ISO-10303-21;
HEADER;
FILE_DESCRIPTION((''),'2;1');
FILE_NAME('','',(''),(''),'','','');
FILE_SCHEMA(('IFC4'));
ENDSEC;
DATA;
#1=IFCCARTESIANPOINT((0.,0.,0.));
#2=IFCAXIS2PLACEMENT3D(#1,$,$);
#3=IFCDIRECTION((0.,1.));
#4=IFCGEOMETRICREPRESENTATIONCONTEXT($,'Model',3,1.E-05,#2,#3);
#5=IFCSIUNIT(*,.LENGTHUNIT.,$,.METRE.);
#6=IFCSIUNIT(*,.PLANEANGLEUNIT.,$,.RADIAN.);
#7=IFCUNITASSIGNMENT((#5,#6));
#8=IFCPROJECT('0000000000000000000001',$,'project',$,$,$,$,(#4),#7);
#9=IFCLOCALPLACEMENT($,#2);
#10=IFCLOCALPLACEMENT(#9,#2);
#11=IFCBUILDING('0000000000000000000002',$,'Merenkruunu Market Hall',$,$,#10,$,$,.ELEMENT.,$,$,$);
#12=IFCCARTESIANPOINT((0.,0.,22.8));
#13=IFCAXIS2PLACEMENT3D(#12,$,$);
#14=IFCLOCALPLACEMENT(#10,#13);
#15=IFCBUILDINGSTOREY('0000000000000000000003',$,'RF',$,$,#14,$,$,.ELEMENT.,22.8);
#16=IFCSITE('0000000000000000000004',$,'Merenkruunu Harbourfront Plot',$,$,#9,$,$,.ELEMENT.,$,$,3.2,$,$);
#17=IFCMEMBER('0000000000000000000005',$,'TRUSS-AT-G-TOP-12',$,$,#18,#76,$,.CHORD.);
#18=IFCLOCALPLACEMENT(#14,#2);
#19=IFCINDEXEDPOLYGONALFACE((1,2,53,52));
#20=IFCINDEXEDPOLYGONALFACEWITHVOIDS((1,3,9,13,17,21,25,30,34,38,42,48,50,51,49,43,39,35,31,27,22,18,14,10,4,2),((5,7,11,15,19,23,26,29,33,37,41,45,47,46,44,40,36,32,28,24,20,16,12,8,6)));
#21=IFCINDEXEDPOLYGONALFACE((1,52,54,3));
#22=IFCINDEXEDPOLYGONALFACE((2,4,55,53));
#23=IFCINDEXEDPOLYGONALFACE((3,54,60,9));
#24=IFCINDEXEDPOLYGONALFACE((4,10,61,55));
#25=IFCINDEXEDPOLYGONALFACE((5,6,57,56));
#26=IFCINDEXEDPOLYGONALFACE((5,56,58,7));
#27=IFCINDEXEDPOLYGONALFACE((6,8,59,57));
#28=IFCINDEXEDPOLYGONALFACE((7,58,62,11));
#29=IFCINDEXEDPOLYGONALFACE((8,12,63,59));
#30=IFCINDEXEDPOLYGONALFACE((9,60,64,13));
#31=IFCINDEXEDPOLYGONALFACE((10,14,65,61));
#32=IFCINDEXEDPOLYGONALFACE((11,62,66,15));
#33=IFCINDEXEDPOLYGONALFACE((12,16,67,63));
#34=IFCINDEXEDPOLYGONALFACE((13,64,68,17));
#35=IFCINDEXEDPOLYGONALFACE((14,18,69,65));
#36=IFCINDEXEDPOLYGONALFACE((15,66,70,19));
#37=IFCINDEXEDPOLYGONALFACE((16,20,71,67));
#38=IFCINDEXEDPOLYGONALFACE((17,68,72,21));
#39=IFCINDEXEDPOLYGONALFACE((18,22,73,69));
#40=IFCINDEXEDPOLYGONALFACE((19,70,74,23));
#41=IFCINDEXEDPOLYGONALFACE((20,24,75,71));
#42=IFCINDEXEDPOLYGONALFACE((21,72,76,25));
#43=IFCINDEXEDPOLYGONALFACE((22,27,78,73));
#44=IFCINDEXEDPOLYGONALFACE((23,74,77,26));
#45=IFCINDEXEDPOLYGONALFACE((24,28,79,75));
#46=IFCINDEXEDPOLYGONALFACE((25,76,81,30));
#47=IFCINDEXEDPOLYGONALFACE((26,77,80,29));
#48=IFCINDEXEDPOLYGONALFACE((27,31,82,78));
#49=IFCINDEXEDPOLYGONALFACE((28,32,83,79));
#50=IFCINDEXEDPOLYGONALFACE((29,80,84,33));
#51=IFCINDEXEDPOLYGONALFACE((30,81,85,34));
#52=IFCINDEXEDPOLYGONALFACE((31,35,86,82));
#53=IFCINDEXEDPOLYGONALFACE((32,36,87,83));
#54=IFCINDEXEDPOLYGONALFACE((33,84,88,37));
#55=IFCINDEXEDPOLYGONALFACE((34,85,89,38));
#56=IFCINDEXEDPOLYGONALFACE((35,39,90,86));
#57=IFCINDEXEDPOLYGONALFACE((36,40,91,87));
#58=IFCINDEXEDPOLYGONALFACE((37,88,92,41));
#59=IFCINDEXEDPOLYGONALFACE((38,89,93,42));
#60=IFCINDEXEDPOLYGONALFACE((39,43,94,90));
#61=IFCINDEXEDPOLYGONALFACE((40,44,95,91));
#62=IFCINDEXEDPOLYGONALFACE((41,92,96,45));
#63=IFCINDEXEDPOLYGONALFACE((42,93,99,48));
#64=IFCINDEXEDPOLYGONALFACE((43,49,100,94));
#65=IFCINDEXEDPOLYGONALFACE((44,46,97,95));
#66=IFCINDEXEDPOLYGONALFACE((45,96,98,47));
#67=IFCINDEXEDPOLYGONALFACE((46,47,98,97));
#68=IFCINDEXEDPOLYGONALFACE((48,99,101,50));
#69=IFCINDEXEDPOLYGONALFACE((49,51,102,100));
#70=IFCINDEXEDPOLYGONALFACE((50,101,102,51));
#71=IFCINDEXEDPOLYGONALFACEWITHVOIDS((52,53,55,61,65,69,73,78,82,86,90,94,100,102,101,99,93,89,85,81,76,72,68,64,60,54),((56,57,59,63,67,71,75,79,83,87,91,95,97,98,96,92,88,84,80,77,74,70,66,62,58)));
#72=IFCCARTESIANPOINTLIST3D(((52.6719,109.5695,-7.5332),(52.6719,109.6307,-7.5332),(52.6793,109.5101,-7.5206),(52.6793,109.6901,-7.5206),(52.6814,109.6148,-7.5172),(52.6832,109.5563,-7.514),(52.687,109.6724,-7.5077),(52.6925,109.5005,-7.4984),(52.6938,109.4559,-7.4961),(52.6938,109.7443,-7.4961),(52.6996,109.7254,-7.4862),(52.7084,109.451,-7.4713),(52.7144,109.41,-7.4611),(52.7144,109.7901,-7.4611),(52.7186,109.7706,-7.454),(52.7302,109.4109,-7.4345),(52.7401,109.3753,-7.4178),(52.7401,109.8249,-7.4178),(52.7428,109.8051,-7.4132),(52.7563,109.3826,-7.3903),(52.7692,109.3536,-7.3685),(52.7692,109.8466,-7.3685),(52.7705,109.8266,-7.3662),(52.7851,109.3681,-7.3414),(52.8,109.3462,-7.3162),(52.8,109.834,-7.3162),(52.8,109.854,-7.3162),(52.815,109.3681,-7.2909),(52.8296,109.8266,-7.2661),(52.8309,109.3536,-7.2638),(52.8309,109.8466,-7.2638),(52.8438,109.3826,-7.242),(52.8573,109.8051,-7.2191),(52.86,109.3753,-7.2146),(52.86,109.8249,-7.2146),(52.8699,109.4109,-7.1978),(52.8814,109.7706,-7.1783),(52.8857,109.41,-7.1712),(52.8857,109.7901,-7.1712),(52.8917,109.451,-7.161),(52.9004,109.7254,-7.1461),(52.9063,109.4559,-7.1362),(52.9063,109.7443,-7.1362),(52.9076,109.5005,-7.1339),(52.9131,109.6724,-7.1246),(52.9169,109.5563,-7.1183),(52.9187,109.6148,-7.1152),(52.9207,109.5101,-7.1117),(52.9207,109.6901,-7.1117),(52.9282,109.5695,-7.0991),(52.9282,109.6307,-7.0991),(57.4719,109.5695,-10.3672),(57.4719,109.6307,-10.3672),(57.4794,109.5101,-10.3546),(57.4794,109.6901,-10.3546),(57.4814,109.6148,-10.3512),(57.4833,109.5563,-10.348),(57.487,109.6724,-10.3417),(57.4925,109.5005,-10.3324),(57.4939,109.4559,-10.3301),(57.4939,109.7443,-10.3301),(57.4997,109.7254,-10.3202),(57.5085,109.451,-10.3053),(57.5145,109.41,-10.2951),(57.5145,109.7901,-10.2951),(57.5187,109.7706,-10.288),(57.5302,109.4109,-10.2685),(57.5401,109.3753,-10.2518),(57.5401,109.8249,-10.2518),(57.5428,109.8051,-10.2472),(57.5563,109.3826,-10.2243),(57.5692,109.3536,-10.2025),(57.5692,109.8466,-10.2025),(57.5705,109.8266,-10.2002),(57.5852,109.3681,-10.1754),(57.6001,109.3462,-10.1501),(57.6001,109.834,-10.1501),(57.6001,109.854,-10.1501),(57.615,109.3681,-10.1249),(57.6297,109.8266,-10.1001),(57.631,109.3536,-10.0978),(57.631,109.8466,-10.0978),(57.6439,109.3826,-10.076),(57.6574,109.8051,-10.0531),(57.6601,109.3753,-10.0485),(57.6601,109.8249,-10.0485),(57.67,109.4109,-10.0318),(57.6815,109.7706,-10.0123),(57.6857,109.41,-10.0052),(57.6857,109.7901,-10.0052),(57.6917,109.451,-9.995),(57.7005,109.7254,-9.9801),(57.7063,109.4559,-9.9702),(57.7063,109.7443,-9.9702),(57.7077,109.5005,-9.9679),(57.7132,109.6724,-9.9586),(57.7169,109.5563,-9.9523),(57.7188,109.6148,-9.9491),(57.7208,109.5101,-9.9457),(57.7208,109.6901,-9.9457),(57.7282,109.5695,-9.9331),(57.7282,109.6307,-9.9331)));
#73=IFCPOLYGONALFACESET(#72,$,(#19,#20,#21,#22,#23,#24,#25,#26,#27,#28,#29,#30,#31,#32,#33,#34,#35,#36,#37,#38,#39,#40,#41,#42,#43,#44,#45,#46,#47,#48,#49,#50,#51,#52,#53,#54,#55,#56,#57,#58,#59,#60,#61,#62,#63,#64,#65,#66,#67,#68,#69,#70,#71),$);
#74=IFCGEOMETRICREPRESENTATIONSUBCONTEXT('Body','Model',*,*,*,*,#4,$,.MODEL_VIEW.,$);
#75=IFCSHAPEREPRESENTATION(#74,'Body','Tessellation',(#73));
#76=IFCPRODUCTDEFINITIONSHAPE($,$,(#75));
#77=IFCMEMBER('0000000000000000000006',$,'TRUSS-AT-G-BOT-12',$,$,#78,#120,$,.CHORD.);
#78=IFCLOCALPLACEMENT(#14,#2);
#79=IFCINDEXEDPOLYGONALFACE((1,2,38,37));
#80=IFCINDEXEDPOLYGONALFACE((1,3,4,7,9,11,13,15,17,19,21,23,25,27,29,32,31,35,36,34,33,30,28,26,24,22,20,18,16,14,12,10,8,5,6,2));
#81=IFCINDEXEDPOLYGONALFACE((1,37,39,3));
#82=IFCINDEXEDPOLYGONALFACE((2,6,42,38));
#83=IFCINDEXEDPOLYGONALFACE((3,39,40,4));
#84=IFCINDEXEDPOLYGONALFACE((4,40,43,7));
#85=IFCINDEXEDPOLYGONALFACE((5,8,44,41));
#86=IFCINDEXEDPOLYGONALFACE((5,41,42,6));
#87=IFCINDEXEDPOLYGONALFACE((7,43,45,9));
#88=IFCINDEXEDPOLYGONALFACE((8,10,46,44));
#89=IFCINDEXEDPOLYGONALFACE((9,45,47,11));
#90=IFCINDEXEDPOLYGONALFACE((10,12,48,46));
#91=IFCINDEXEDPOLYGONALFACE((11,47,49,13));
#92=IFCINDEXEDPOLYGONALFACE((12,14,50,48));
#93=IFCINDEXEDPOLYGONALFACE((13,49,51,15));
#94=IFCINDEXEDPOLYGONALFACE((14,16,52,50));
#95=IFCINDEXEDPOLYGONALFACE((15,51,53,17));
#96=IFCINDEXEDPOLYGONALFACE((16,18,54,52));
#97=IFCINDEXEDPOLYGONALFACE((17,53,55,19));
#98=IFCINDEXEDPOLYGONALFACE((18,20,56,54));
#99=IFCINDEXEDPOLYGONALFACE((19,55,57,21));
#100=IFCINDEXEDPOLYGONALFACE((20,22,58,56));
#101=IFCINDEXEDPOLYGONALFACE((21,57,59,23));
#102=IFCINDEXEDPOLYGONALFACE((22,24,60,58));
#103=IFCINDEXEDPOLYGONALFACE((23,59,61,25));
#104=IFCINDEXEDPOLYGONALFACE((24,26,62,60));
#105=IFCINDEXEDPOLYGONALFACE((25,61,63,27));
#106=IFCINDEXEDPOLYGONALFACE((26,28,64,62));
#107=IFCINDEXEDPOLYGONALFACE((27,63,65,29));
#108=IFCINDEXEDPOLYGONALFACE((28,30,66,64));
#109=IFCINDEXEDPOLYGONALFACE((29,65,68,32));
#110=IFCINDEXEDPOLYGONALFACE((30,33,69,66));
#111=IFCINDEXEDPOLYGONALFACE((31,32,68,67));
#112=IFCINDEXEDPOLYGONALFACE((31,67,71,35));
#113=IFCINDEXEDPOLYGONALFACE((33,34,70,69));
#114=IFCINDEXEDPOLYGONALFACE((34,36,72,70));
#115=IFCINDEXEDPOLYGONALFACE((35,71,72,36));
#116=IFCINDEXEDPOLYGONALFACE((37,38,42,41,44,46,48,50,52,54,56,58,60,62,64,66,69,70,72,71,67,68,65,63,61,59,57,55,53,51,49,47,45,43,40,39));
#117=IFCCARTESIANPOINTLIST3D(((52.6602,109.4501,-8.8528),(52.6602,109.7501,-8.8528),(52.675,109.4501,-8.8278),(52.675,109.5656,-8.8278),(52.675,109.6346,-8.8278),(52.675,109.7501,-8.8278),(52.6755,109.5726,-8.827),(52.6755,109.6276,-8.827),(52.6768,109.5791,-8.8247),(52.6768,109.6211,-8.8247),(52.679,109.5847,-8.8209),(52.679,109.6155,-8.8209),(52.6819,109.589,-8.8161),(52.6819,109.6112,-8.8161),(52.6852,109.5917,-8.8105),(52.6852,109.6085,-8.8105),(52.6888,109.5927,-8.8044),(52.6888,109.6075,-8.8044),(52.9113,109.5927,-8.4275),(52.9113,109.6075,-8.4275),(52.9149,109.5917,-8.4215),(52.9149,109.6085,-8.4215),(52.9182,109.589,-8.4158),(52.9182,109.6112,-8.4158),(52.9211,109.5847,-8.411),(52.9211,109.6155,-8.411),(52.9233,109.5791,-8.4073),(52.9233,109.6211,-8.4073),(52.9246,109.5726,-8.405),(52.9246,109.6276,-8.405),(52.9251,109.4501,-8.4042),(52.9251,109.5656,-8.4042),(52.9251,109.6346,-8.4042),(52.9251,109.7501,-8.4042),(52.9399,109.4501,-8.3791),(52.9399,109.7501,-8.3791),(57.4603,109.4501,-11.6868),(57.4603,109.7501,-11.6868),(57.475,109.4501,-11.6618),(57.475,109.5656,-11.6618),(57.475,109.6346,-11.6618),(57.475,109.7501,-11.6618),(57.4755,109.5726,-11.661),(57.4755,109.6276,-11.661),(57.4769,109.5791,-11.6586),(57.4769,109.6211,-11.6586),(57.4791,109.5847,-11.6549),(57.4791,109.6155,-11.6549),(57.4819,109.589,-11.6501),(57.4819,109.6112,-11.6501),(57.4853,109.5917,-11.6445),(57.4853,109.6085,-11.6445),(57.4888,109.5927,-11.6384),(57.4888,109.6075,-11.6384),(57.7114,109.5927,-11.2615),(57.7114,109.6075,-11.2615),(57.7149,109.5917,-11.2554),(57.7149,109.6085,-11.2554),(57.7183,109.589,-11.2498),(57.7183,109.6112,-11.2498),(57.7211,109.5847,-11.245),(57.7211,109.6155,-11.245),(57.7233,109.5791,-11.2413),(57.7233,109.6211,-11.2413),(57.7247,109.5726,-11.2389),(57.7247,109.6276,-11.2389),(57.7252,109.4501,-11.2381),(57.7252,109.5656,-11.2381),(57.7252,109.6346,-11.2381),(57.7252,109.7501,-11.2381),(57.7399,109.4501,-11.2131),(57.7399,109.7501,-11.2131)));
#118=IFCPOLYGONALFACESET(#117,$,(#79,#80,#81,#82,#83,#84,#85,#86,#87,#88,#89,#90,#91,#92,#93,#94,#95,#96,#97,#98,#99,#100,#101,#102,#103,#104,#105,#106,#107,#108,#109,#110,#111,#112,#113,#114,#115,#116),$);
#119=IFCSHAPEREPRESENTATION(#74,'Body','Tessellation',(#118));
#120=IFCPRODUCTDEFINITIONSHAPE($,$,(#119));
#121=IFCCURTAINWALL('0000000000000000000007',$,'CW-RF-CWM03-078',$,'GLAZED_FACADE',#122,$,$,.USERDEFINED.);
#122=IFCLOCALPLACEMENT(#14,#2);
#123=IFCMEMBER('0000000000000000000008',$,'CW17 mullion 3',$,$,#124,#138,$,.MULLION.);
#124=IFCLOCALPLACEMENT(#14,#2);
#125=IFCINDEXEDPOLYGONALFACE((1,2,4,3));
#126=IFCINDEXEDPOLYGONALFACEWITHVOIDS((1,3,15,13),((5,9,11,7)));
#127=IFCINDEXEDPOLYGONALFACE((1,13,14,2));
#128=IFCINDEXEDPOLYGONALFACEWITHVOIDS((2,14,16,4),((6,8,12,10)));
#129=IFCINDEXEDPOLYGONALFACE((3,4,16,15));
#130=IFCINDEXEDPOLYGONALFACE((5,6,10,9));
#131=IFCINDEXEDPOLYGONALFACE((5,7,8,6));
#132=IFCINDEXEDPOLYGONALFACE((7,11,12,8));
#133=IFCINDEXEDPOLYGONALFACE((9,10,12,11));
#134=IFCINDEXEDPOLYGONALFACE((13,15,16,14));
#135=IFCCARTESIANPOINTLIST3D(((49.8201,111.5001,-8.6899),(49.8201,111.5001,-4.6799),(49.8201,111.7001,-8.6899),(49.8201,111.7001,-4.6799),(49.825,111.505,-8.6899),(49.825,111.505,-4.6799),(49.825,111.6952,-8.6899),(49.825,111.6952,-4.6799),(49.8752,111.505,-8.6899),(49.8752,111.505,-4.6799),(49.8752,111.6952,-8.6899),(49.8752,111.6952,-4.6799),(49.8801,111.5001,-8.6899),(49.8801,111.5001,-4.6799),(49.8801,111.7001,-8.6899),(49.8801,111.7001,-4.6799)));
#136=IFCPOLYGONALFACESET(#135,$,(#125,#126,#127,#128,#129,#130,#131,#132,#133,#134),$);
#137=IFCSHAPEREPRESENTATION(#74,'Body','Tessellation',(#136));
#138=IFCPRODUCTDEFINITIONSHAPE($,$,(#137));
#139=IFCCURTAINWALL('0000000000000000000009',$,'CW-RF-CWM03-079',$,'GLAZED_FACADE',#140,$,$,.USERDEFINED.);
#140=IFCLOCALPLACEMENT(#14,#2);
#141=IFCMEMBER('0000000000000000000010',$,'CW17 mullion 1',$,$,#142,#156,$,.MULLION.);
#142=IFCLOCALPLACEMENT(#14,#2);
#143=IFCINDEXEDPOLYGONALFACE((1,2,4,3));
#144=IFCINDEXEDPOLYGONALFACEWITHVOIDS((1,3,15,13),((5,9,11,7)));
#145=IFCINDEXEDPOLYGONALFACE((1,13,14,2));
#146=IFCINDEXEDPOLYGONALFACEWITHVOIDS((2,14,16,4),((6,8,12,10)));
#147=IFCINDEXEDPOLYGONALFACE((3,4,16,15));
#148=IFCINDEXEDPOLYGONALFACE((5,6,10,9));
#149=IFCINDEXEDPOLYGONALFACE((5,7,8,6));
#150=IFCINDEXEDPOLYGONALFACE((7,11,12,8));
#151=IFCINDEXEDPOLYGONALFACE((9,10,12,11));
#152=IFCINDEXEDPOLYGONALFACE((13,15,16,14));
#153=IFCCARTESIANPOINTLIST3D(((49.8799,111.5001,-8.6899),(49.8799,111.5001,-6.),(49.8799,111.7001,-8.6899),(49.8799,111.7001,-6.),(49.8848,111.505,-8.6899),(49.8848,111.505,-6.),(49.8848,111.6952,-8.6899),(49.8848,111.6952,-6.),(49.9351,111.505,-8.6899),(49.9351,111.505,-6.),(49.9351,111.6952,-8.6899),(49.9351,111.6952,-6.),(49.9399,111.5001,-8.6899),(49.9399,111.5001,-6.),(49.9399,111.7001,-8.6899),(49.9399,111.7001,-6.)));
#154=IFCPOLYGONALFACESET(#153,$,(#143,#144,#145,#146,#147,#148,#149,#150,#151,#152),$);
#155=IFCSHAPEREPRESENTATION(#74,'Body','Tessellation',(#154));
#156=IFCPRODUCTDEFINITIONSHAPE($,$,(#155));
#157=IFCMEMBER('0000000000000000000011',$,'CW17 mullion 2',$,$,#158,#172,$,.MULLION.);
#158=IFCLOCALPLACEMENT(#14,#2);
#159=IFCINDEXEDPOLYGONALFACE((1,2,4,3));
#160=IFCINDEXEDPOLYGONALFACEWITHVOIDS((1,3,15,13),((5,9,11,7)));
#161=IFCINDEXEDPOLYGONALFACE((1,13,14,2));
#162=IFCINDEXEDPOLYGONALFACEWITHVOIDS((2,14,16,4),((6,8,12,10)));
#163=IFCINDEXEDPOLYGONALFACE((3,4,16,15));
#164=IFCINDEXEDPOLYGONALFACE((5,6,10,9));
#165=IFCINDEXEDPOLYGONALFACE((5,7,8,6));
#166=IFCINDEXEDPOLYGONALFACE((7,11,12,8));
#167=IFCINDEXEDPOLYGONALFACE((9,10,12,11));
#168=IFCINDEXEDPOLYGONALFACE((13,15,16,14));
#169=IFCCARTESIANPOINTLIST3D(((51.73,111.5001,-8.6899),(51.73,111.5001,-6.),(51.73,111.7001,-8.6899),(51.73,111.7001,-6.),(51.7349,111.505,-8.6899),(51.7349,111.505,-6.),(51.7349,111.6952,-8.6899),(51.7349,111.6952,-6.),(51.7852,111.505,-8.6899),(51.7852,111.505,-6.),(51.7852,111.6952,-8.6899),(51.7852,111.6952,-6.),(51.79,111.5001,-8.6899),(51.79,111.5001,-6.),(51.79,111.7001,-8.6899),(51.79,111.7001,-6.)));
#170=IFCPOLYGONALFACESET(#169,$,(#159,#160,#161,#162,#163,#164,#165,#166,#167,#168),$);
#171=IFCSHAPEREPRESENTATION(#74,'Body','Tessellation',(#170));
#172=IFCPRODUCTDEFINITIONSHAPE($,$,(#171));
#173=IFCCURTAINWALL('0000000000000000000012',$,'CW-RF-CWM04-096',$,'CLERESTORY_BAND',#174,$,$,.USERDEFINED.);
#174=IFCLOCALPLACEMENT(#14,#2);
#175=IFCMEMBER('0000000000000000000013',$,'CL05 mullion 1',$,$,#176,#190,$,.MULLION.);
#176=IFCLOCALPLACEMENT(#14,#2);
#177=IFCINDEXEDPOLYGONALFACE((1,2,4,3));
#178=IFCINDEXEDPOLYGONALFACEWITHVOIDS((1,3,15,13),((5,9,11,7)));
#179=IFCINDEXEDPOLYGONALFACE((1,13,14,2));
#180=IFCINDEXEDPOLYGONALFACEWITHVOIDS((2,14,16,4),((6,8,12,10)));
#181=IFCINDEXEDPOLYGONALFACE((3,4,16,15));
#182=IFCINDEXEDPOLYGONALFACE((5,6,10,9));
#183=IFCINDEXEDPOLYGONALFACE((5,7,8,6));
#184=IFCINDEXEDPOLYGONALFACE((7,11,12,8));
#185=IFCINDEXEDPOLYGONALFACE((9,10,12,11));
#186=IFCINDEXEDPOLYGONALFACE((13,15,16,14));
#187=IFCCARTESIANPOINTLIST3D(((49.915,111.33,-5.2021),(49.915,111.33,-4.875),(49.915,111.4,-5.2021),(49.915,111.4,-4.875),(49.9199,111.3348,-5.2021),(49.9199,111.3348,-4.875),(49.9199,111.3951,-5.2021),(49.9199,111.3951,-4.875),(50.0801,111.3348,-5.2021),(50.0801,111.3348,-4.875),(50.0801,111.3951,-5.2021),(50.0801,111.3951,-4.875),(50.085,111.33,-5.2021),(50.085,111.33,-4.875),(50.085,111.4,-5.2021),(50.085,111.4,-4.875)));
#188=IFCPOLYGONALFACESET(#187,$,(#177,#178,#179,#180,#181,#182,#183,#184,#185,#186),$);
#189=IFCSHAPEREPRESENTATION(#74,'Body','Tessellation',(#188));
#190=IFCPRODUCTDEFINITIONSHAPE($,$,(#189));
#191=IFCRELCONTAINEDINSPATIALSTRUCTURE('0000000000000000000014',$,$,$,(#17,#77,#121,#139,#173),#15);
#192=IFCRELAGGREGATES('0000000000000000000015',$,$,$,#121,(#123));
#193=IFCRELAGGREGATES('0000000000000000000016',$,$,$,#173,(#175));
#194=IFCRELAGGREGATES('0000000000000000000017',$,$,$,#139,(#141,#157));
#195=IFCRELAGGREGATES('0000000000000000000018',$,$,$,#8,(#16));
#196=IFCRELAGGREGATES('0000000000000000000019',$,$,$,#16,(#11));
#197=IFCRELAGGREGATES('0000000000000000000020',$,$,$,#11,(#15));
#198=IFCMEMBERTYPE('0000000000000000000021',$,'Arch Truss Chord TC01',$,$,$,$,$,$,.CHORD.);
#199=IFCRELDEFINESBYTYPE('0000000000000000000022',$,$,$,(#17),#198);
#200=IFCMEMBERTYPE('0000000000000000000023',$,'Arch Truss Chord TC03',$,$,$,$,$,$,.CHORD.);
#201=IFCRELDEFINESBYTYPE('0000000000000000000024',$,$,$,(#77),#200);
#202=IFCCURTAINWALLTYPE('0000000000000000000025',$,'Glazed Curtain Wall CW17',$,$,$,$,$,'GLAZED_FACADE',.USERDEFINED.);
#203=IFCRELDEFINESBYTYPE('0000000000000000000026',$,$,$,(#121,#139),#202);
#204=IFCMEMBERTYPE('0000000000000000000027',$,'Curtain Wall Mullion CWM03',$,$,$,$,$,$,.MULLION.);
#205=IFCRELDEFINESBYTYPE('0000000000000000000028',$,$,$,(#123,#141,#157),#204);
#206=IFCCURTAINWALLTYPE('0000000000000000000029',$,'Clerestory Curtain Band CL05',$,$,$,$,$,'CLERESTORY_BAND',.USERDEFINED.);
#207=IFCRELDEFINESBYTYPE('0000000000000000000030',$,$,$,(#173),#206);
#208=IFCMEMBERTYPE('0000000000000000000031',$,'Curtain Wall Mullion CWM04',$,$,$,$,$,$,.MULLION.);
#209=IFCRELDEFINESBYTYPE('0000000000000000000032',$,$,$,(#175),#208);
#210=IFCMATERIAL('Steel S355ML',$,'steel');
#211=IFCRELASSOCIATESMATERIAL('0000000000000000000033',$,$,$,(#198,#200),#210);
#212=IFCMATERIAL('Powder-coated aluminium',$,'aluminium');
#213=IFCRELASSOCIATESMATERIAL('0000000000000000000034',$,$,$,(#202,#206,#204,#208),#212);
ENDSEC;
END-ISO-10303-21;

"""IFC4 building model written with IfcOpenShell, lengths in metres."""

from ifc_helpers import new_model, si_unit, direction, frame, origin, origin_2d, place, context, subcontext, project, spatial, hollow_rectangle, hollow_circle, i_section, extrude, material, material_profile, profile_set, type_object, element, aggregate, save


model = new_model("IFC4")

# Units and contexts
model_context = context("Model", 3, precision=1e-05, world=origin(), true_north=direction((0.0, 1.0)))
body_context = subcontext(model_context, "Body", "Model", "MODEL_VIEW")
ifc_project = project(units=[si_unit("LENGTHUNIT", "METRE"), si_unit("PLANEANGLEUNIT", "RADIAN")], contexts=[model_context])

# Site, building, storey
site_placement = place(None, origin())
site = spatial("IfcSite", under=ifc_project, at=site_placement, Name="Merenkruunu Harbourfront Plot", CompositionType="ELEMENT", RefElevation=3.2)
building_placement = place(site_placement, origin())
building = spatial("IfcBuilding", under=site, at=building_placement, Name="Merenkruunu Market Hall", CompositionType="ELEMENT")
storey_placement = place(building_placement, frame((0.0, 0.0, 22.8)))
storey = spatial("IfcBuildingStorey", under=building, at=storey_placement, Name="RF", CompositionType="ELEMENT", Elevation=22.8)

# Members
ifc_material_1 = material(Name="Steel S355ML", Category="steel")
ifc_material_profile_1 = material_profile(ifc_material_1, hollow_circle(Radius=0.2539, WallThickness=0.02, at=origin_2d()), Name="CHS 508x20")
ifc_profile_set_1 = profile_set([ifc_material_profile_1], Name="Steel S355ML")
member_type_1 = type_object("IfcMemberType", Name="Arch Truss Chord TC01", PredefinedType="CHORD", material=ifc_profile_set_1)
member_1_placement = place(storey_placement, frame((52.8, 109.6001, -7.3162), z_axis=(0.861116, 0.0, -0.508409), x_axis=(0.0, 1.0, 0.0)))
element("IfcMember", 1, at=member_1_placement, inside=storey, type_object=member_type_1, Name="TRUSS-AT-G-TOP-12", PredefinedType="CHORD", context=body_context, shape_type="SweptSolid", body=[
    extrude(hollow_circle(Radius=0.2539, WallThickness=0.02, at=origin_2d()), origin(), (0.0, 0.0, 1.0), 5.5742),
])
ifc_material_profile_2 = material_profile(ifc_material_1, i_section(OverallWidth=0.3, OverallDepth=0.55, WebThickness=0.0149, FlangeThickness=0.0291, FilletRadius=0.0271, at=origin_2d()), Name="HEB 550")
ifc_profile_set_2 = profile_set([ifc_material_profile_2], Name="Steel S355ML")
member_type_2 = type_object("IfcMemberType", Name="Arch Truss Chord TC03", PredefinedType="CHORD", material=ifc_profile_set_2)
member_2_placement = place(storey_placement, frame((52.8, 109.6001, -8.616), z_axis=(0.861116, 0.0, -0.508409), x_axis=(0.0, 1.0, 0.0)))
element("IfcMember", 2, at=member_2_placement, inside=storey, type_object=member_type_2, Name="TRUSS-AT-G-BOT-12", PredefinedType="CHORD", context=body_context, shape_type="SweptSolid", body=[
    extrude(i_section(OverallWidth=0.3, OverallDepth=0.55, WebThickness=0.0149, FlangeThickness=0.0291, FilletRadius=0.0271, at=origin_2d()), origin(), (0.0, 0.0, 1.0), 5.5742),
])

# Curtain wall, member
ifc_material_2 = material(Name="Powder-coated aluminium", Category="aluminium")
curtain_wall_type_1 = type_object("IfcCurtainWallType", Name="Glazed Curtain Wall CW17", ElementType="GLAZED_FACADE", PredefinedType="USERDEFINED", material=ifc_material_2)
curtain_wall_1_placement = place(storey_placement, origin())
curtain_wall_1 = element("IfcCurtainWall", 3, at=curtain_wall_1_placement, inside=storey, type_object=curtain_wall_type_1, Name="CW-RF-CWM03-078", ObjectType="GLAZED_FACADE", PredefinedType="USERDEFINED")
ifc_material_profile_3 = material_profile(ifc_material_2, hollow_rectangle(XDim=0.0601, YDim=0.2, WallThickness=0.0049, at=origin_2d()), Name="ALU 60x200x5")
ifc_profile_set_3 = profile_set([ifc_material_profile_3], Name="Powder-coated aluminium")
member_type_3 = type_object("IfcMemberType", Name="Curtain Wall Mullion CWM03", PredefinedType="MULLION", material=ifc_profile_set_3)
member_3_placement = place(storey_placement, frame((49.8501, 111.6001, -8.6899), z_axis=(0.0, 0.0, 1.0), x_axis=(1.0, 0.0, 0.0)))
member_3 = element("IfcMember", 4, at=member_3_placement, type_object=member_type_3, Name="CW17 mullion 3", PredefinedType="MULLION", context=body_context, shape_type="SweptSolid", body=[
    extrude(hollow_rectangle(XDim=0.0601, YDim=0.2, WallThickness=0.0049, at=origin_2d()), origin(), (0.0, 0.0, 1.0), 4.01),
])
aggregate(curtain_wall_1, [member_3])

# Curtain wall, members
curtain_wall_2_placement = place(storey_placement, origin())
curtain_wall_2 = element("IfcCurtainWall", 5, at=curtain_wall_2_placement, inside=storey, type_object=curtain_wall_type_1, Name="CW-RF-CWM03-079", ObjectType="GLAZED_FACADE", PredefinedType="USERDEFINED")
member_4_placement = place(storey_placement, frame((49.9099, 111.6001, -8.6899), z_axis=(0.0, 0.0, 1.0), x_axis=(1.0, 0.0, 0.0)))
member_4 = element("IfcMember", 6, at=member_4_placement, type_object=member_type_3, Name="CW17 mullion 1", PredefinedType="MULLION", context=body_context, shape_type="SweptSolid", body=[
    extrude(hollow_rectangle(XDim=0.0601, YDim=0.2, WallThickness=0.0049, at=origin_2d()), origin(), (0.0, 0.0, 1.0), 2.6899),
])
member_5_placement = place(storey_placement, frame((51.76, 111.6001, -8.6899), z_axis=(0.0, 0.0, 1.0), x_axis=(1.0, 0.0, 0.0)))
member_5 = element("IfcMember", 7, at=member_5_placement, type_object=member_type_3, Name="CW17 mullion 2", PredefinedType="MULLION", context=body_context, shape_type="SweptSolid", body=[
    extrude(hollow_rectangle(XDim=0.0601, YDim=0.2, WallThickness=0.0049, at=origin_2d()), origin(), (0.0, 0.0, 1.0), 2.6899),
])

# Curtain wall, member
curtain_wall_type_2 = type_object("IfcCurtainWallType", Name="Clerestory Curtain Band CL05", ElementType="CLERESTORY_BAND", PredefinedType="USERDEFINED", material=ifc_material_2)
curtain_wall_3_placement = place(storey_placement, origin())
curtain_wall_3 = element("IfcCurtainWall", 8, at=curtain_wall_3_placement, inside=storey, type_object=curtain_wall_type_2, Name="CW-RF-CWM04-096", ObjectType="CLERESTORY_BAND", PredefinedType="USERDEFINED")
ifc_material_profile_4 = material_profile(ifc_material_2, hollow_rectangle(XDim=0.0701, YDim=0.1699, WallThickness=0.0049, at=origin_2d()), Name="ALU 70x170x5")
ifc_profile_set_4 = profile_set([ifc_material_profile_4], Name="Powder-coated aluminium")
member_type_4 = type_object("IfcMemberType", Name="Curtain Wall Mullion CWM04", PredefinedType="MULLION", material=ifc_profile_set_4)
member_6_placement = place(storey_placement, frame((50.0, 111.365, -5.2021), z_axis=(0.0, 0.0, 1.0), x_axis=(0.0, -1.0, 0.0)))
member_6 = element("IfcMember", 9, at=member_6_placement, type_object=member_type_4, Name="CL05 mullion 1", PredefinedType="MULLION", context=body_context, shape_type="SweptSolid", body=[
    extrude(hollow_rectangle(XDim=0.0701, YDim=0.1699, WallThickness=0.0049, at=origin_2d()), origin(), (0.0, 0.0, 1.0), 0.3271),
])

aggregate(curtain_wall_3, [member_6])

aggregate(curtain_wall_2, [member_4, member_5])

save(model, "model.ifc")
